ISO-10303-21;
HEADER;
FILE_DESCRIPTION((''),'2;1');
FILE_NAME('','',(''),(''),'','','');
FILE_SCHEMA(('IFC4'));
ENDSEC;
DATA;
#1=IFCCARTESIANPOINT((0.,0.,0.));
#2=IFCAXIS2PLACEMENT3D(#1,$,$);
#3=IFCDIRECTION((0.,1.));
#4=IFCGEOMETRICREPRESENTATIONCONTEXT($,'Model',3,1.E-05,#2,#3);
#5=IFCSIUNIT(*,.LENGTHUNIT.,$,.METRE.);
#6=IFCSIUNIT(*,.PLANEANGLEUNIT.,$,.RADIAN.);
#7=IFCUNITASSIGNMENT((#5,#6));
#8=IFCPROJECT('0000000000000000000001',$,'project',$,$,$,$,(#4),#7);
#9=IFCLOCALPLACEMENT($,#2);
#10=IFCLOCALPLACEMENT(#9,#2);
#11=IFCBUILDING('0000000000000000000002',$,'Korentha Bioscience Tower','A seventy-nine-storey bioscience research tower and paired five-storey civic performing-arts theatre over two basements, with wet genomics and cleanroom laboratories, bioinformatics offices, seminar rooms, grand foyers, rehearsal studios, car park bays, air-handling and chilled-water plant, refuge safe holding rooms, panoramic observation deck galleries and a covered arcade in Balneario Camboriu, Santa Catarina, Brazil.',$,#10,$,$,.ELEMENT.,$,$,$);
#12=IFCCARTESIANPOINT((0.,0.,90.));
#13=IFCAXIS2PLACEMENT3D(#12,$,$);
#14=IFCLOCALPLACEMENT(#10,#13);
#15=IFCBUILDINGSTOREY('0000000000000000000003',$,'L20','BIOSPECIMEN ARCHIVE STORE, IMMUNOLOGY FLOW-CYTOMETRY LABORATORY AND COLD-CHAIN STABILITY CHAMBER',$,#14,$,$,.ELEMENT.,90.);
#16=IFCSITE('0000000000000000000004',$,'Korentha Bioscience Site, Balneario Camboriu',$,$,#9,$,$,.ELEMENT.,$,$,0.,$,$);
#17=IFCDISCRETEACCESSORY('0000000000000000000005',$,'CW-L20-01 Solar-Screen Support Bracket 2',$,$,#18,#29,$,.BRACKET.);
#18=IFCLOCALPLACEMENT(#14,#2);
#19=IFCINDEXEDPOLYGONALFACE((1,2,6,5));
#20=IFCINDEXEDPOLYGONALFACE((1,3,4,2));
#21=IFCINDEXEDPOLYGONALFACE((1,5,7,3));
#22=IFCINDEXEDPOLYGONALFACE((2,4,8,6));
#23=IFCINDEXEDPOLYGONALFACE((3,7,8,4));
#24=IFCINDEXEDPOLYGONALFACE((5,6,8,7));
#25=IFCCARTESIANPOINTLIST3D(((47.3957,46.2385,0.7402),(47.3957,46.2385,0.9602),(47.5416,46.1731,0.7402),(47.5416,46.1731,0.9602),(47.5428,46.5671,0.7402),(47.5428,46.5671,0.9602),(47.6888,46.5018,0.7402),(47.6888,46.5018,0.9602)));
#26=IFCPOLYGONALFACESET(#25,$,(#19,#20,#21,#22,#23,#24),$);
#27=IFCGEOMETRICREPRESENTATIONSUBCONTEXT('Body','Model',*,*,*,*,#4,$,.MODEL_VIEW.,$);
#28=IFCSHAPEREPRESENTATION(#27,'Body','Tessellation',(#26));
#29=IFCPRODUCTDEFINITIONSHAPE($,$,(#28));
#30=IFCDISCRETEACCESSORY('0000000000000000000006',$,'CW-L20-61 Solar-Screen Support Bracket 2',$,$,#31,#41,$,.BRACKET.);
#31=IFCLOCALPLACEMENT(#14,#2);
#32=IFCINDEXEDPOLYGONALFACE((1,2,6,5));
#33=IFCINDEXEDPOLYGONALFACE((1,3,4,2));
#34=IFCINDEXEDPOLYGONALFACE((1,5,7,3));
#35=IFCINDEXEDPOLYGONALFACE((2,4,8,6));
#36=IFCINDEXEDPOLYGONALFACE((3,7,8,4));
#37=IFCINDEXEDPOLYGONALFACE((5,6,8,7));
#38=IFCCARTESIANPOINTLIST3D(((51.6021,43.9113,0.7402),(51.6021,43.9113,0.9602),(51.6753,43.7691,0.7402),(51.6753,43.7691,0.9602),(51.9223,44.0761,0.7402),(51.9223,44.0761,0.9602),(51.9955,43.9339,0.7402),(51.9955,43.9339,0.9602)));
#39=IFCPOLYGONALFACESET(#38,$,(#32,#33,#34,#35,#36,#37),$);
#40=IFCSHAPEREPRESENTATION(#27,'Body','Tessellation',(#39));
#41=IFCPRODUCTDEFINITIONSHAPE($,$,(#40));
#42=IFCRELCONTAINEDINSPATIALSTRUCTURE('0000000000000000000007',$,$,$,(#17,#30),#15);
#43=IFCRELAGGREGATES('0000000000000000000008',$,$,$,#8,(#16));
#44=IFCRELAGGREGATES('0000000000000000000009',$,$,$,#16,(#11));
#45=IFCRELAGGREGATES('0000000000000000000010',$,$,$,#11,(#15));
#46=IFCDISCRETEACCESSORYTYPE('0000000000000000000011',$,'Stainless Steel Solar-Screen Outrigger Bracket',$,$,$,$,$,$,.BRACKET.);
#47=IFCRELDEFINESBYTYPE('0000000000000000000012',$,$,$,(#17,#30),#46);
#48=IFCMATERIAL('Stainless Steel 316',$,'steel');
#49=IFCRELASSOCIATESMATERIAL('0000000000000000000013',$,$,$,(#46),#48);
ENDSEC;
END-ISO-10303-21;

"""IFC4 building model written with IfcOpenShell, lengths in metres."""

from ifc_helpers import new_model, si_unit, direction, frame, origin, origin_2d, place, context, subcontext, project, spatial, rectangle, extrude, material, type_object, element, save


model = new_model("IFC4")

# Units and contexts
model_context = context("Model", 3, precision=1e-05, world=origin(), true_north=direction((0.0, 1.0)))
body_context = subcontext(model_context, "Body", "Model", "MODEL_VIEW")
ifc_project = project(units=[si_unit("LENGTHUNIT", "METRE"), si_unit("PLANEANGLEUNIT", "RADIAN")], contexts=[model_context])

# Site, building, storey
site_placement = place(None, origin())
site = spatial("IfcSite", under=ifc_project, at=site_placement, Name="Korentha Bioscience Site, Balneario Camboriu", CompositionType="ELEMENT", RefElevation=0.0)
building_placement = place(site_placement, origin())
building = spatial("IfcBuilding", under=site, at=building_placement, Name="Korentha Bioscience Tower", Description="A seventy-nine-storey bioscience research tower and paired five-storey civic performing-arts theatre over two basements, with wet genomics and cleanroom laboratories, bioinformatics offices, seminar rooms, grand foyers, rehearsal studios, car park bays, air-handling and chilled-water plant, refuge safe holding rooms, panoramic observation deck galleries and a covered arcade in Balneario Camboriu, Santa Catarina, Brazil.", CompositionType="ELEMENT")
storey_placement = place(building_placement, frame((0.0, 0.0, 90.0)))
storey = spatial("IfcBuildingStorey", under=building, at=storey_placement, Name="L20", Description="BIOSPECIMEN ARCHIVE STORE, IMMUNOLOGY FLOW-CYTOMETRY LABORATORY AND COLD-CHAIN STABILITY CHAMBER", CompositionType="ELEMENT", Elevation=90.0)

# Discrete accessories
ifc_material_1 = material(Name="Stainless Steel 316", Category="steel")
discrete_accessory_type = type_object("IfcDiscreteAccessoryType", Name="Stainless Steel Solar-Screen Outrigger Bracket", PredefinedType="BRACKET", material=ifc_material_1)
for number, where, z_axis, x_axis, name in (
    (1, (47.5422, 46.3701, 0.7402), (0.0, 0.0, 1.0), (-0.912687, 0.40866, 0.0), "CW-L20-01 Solar-Screen Support Bracket 2"),
    (2, (51.7988, 43.9226, 0.7402), (0.0, 0.0, 1.0), (-0.457613, 0.889151, 0.0), "CW-L20-61 Solar-Screen Support Bracket 2"),
):
    element("IfcDiscreteAccessory", number, at=place(storey_placement, frame(where, z_axis=z_axis, x_axis=x_axis)), inside=storey, type_object=discrete_accessory_type, Name=name, PredefinedType="BRACKET", context=body_context, shape_type="SweptSolid", body=[
        extrude(rectangle(XDim=0.1599, YDim=0.3601, at=origin_2d()), origin(), (0.0, 0.0, 1.0), 0.22),
    ])

save(model, "model.ifc")
